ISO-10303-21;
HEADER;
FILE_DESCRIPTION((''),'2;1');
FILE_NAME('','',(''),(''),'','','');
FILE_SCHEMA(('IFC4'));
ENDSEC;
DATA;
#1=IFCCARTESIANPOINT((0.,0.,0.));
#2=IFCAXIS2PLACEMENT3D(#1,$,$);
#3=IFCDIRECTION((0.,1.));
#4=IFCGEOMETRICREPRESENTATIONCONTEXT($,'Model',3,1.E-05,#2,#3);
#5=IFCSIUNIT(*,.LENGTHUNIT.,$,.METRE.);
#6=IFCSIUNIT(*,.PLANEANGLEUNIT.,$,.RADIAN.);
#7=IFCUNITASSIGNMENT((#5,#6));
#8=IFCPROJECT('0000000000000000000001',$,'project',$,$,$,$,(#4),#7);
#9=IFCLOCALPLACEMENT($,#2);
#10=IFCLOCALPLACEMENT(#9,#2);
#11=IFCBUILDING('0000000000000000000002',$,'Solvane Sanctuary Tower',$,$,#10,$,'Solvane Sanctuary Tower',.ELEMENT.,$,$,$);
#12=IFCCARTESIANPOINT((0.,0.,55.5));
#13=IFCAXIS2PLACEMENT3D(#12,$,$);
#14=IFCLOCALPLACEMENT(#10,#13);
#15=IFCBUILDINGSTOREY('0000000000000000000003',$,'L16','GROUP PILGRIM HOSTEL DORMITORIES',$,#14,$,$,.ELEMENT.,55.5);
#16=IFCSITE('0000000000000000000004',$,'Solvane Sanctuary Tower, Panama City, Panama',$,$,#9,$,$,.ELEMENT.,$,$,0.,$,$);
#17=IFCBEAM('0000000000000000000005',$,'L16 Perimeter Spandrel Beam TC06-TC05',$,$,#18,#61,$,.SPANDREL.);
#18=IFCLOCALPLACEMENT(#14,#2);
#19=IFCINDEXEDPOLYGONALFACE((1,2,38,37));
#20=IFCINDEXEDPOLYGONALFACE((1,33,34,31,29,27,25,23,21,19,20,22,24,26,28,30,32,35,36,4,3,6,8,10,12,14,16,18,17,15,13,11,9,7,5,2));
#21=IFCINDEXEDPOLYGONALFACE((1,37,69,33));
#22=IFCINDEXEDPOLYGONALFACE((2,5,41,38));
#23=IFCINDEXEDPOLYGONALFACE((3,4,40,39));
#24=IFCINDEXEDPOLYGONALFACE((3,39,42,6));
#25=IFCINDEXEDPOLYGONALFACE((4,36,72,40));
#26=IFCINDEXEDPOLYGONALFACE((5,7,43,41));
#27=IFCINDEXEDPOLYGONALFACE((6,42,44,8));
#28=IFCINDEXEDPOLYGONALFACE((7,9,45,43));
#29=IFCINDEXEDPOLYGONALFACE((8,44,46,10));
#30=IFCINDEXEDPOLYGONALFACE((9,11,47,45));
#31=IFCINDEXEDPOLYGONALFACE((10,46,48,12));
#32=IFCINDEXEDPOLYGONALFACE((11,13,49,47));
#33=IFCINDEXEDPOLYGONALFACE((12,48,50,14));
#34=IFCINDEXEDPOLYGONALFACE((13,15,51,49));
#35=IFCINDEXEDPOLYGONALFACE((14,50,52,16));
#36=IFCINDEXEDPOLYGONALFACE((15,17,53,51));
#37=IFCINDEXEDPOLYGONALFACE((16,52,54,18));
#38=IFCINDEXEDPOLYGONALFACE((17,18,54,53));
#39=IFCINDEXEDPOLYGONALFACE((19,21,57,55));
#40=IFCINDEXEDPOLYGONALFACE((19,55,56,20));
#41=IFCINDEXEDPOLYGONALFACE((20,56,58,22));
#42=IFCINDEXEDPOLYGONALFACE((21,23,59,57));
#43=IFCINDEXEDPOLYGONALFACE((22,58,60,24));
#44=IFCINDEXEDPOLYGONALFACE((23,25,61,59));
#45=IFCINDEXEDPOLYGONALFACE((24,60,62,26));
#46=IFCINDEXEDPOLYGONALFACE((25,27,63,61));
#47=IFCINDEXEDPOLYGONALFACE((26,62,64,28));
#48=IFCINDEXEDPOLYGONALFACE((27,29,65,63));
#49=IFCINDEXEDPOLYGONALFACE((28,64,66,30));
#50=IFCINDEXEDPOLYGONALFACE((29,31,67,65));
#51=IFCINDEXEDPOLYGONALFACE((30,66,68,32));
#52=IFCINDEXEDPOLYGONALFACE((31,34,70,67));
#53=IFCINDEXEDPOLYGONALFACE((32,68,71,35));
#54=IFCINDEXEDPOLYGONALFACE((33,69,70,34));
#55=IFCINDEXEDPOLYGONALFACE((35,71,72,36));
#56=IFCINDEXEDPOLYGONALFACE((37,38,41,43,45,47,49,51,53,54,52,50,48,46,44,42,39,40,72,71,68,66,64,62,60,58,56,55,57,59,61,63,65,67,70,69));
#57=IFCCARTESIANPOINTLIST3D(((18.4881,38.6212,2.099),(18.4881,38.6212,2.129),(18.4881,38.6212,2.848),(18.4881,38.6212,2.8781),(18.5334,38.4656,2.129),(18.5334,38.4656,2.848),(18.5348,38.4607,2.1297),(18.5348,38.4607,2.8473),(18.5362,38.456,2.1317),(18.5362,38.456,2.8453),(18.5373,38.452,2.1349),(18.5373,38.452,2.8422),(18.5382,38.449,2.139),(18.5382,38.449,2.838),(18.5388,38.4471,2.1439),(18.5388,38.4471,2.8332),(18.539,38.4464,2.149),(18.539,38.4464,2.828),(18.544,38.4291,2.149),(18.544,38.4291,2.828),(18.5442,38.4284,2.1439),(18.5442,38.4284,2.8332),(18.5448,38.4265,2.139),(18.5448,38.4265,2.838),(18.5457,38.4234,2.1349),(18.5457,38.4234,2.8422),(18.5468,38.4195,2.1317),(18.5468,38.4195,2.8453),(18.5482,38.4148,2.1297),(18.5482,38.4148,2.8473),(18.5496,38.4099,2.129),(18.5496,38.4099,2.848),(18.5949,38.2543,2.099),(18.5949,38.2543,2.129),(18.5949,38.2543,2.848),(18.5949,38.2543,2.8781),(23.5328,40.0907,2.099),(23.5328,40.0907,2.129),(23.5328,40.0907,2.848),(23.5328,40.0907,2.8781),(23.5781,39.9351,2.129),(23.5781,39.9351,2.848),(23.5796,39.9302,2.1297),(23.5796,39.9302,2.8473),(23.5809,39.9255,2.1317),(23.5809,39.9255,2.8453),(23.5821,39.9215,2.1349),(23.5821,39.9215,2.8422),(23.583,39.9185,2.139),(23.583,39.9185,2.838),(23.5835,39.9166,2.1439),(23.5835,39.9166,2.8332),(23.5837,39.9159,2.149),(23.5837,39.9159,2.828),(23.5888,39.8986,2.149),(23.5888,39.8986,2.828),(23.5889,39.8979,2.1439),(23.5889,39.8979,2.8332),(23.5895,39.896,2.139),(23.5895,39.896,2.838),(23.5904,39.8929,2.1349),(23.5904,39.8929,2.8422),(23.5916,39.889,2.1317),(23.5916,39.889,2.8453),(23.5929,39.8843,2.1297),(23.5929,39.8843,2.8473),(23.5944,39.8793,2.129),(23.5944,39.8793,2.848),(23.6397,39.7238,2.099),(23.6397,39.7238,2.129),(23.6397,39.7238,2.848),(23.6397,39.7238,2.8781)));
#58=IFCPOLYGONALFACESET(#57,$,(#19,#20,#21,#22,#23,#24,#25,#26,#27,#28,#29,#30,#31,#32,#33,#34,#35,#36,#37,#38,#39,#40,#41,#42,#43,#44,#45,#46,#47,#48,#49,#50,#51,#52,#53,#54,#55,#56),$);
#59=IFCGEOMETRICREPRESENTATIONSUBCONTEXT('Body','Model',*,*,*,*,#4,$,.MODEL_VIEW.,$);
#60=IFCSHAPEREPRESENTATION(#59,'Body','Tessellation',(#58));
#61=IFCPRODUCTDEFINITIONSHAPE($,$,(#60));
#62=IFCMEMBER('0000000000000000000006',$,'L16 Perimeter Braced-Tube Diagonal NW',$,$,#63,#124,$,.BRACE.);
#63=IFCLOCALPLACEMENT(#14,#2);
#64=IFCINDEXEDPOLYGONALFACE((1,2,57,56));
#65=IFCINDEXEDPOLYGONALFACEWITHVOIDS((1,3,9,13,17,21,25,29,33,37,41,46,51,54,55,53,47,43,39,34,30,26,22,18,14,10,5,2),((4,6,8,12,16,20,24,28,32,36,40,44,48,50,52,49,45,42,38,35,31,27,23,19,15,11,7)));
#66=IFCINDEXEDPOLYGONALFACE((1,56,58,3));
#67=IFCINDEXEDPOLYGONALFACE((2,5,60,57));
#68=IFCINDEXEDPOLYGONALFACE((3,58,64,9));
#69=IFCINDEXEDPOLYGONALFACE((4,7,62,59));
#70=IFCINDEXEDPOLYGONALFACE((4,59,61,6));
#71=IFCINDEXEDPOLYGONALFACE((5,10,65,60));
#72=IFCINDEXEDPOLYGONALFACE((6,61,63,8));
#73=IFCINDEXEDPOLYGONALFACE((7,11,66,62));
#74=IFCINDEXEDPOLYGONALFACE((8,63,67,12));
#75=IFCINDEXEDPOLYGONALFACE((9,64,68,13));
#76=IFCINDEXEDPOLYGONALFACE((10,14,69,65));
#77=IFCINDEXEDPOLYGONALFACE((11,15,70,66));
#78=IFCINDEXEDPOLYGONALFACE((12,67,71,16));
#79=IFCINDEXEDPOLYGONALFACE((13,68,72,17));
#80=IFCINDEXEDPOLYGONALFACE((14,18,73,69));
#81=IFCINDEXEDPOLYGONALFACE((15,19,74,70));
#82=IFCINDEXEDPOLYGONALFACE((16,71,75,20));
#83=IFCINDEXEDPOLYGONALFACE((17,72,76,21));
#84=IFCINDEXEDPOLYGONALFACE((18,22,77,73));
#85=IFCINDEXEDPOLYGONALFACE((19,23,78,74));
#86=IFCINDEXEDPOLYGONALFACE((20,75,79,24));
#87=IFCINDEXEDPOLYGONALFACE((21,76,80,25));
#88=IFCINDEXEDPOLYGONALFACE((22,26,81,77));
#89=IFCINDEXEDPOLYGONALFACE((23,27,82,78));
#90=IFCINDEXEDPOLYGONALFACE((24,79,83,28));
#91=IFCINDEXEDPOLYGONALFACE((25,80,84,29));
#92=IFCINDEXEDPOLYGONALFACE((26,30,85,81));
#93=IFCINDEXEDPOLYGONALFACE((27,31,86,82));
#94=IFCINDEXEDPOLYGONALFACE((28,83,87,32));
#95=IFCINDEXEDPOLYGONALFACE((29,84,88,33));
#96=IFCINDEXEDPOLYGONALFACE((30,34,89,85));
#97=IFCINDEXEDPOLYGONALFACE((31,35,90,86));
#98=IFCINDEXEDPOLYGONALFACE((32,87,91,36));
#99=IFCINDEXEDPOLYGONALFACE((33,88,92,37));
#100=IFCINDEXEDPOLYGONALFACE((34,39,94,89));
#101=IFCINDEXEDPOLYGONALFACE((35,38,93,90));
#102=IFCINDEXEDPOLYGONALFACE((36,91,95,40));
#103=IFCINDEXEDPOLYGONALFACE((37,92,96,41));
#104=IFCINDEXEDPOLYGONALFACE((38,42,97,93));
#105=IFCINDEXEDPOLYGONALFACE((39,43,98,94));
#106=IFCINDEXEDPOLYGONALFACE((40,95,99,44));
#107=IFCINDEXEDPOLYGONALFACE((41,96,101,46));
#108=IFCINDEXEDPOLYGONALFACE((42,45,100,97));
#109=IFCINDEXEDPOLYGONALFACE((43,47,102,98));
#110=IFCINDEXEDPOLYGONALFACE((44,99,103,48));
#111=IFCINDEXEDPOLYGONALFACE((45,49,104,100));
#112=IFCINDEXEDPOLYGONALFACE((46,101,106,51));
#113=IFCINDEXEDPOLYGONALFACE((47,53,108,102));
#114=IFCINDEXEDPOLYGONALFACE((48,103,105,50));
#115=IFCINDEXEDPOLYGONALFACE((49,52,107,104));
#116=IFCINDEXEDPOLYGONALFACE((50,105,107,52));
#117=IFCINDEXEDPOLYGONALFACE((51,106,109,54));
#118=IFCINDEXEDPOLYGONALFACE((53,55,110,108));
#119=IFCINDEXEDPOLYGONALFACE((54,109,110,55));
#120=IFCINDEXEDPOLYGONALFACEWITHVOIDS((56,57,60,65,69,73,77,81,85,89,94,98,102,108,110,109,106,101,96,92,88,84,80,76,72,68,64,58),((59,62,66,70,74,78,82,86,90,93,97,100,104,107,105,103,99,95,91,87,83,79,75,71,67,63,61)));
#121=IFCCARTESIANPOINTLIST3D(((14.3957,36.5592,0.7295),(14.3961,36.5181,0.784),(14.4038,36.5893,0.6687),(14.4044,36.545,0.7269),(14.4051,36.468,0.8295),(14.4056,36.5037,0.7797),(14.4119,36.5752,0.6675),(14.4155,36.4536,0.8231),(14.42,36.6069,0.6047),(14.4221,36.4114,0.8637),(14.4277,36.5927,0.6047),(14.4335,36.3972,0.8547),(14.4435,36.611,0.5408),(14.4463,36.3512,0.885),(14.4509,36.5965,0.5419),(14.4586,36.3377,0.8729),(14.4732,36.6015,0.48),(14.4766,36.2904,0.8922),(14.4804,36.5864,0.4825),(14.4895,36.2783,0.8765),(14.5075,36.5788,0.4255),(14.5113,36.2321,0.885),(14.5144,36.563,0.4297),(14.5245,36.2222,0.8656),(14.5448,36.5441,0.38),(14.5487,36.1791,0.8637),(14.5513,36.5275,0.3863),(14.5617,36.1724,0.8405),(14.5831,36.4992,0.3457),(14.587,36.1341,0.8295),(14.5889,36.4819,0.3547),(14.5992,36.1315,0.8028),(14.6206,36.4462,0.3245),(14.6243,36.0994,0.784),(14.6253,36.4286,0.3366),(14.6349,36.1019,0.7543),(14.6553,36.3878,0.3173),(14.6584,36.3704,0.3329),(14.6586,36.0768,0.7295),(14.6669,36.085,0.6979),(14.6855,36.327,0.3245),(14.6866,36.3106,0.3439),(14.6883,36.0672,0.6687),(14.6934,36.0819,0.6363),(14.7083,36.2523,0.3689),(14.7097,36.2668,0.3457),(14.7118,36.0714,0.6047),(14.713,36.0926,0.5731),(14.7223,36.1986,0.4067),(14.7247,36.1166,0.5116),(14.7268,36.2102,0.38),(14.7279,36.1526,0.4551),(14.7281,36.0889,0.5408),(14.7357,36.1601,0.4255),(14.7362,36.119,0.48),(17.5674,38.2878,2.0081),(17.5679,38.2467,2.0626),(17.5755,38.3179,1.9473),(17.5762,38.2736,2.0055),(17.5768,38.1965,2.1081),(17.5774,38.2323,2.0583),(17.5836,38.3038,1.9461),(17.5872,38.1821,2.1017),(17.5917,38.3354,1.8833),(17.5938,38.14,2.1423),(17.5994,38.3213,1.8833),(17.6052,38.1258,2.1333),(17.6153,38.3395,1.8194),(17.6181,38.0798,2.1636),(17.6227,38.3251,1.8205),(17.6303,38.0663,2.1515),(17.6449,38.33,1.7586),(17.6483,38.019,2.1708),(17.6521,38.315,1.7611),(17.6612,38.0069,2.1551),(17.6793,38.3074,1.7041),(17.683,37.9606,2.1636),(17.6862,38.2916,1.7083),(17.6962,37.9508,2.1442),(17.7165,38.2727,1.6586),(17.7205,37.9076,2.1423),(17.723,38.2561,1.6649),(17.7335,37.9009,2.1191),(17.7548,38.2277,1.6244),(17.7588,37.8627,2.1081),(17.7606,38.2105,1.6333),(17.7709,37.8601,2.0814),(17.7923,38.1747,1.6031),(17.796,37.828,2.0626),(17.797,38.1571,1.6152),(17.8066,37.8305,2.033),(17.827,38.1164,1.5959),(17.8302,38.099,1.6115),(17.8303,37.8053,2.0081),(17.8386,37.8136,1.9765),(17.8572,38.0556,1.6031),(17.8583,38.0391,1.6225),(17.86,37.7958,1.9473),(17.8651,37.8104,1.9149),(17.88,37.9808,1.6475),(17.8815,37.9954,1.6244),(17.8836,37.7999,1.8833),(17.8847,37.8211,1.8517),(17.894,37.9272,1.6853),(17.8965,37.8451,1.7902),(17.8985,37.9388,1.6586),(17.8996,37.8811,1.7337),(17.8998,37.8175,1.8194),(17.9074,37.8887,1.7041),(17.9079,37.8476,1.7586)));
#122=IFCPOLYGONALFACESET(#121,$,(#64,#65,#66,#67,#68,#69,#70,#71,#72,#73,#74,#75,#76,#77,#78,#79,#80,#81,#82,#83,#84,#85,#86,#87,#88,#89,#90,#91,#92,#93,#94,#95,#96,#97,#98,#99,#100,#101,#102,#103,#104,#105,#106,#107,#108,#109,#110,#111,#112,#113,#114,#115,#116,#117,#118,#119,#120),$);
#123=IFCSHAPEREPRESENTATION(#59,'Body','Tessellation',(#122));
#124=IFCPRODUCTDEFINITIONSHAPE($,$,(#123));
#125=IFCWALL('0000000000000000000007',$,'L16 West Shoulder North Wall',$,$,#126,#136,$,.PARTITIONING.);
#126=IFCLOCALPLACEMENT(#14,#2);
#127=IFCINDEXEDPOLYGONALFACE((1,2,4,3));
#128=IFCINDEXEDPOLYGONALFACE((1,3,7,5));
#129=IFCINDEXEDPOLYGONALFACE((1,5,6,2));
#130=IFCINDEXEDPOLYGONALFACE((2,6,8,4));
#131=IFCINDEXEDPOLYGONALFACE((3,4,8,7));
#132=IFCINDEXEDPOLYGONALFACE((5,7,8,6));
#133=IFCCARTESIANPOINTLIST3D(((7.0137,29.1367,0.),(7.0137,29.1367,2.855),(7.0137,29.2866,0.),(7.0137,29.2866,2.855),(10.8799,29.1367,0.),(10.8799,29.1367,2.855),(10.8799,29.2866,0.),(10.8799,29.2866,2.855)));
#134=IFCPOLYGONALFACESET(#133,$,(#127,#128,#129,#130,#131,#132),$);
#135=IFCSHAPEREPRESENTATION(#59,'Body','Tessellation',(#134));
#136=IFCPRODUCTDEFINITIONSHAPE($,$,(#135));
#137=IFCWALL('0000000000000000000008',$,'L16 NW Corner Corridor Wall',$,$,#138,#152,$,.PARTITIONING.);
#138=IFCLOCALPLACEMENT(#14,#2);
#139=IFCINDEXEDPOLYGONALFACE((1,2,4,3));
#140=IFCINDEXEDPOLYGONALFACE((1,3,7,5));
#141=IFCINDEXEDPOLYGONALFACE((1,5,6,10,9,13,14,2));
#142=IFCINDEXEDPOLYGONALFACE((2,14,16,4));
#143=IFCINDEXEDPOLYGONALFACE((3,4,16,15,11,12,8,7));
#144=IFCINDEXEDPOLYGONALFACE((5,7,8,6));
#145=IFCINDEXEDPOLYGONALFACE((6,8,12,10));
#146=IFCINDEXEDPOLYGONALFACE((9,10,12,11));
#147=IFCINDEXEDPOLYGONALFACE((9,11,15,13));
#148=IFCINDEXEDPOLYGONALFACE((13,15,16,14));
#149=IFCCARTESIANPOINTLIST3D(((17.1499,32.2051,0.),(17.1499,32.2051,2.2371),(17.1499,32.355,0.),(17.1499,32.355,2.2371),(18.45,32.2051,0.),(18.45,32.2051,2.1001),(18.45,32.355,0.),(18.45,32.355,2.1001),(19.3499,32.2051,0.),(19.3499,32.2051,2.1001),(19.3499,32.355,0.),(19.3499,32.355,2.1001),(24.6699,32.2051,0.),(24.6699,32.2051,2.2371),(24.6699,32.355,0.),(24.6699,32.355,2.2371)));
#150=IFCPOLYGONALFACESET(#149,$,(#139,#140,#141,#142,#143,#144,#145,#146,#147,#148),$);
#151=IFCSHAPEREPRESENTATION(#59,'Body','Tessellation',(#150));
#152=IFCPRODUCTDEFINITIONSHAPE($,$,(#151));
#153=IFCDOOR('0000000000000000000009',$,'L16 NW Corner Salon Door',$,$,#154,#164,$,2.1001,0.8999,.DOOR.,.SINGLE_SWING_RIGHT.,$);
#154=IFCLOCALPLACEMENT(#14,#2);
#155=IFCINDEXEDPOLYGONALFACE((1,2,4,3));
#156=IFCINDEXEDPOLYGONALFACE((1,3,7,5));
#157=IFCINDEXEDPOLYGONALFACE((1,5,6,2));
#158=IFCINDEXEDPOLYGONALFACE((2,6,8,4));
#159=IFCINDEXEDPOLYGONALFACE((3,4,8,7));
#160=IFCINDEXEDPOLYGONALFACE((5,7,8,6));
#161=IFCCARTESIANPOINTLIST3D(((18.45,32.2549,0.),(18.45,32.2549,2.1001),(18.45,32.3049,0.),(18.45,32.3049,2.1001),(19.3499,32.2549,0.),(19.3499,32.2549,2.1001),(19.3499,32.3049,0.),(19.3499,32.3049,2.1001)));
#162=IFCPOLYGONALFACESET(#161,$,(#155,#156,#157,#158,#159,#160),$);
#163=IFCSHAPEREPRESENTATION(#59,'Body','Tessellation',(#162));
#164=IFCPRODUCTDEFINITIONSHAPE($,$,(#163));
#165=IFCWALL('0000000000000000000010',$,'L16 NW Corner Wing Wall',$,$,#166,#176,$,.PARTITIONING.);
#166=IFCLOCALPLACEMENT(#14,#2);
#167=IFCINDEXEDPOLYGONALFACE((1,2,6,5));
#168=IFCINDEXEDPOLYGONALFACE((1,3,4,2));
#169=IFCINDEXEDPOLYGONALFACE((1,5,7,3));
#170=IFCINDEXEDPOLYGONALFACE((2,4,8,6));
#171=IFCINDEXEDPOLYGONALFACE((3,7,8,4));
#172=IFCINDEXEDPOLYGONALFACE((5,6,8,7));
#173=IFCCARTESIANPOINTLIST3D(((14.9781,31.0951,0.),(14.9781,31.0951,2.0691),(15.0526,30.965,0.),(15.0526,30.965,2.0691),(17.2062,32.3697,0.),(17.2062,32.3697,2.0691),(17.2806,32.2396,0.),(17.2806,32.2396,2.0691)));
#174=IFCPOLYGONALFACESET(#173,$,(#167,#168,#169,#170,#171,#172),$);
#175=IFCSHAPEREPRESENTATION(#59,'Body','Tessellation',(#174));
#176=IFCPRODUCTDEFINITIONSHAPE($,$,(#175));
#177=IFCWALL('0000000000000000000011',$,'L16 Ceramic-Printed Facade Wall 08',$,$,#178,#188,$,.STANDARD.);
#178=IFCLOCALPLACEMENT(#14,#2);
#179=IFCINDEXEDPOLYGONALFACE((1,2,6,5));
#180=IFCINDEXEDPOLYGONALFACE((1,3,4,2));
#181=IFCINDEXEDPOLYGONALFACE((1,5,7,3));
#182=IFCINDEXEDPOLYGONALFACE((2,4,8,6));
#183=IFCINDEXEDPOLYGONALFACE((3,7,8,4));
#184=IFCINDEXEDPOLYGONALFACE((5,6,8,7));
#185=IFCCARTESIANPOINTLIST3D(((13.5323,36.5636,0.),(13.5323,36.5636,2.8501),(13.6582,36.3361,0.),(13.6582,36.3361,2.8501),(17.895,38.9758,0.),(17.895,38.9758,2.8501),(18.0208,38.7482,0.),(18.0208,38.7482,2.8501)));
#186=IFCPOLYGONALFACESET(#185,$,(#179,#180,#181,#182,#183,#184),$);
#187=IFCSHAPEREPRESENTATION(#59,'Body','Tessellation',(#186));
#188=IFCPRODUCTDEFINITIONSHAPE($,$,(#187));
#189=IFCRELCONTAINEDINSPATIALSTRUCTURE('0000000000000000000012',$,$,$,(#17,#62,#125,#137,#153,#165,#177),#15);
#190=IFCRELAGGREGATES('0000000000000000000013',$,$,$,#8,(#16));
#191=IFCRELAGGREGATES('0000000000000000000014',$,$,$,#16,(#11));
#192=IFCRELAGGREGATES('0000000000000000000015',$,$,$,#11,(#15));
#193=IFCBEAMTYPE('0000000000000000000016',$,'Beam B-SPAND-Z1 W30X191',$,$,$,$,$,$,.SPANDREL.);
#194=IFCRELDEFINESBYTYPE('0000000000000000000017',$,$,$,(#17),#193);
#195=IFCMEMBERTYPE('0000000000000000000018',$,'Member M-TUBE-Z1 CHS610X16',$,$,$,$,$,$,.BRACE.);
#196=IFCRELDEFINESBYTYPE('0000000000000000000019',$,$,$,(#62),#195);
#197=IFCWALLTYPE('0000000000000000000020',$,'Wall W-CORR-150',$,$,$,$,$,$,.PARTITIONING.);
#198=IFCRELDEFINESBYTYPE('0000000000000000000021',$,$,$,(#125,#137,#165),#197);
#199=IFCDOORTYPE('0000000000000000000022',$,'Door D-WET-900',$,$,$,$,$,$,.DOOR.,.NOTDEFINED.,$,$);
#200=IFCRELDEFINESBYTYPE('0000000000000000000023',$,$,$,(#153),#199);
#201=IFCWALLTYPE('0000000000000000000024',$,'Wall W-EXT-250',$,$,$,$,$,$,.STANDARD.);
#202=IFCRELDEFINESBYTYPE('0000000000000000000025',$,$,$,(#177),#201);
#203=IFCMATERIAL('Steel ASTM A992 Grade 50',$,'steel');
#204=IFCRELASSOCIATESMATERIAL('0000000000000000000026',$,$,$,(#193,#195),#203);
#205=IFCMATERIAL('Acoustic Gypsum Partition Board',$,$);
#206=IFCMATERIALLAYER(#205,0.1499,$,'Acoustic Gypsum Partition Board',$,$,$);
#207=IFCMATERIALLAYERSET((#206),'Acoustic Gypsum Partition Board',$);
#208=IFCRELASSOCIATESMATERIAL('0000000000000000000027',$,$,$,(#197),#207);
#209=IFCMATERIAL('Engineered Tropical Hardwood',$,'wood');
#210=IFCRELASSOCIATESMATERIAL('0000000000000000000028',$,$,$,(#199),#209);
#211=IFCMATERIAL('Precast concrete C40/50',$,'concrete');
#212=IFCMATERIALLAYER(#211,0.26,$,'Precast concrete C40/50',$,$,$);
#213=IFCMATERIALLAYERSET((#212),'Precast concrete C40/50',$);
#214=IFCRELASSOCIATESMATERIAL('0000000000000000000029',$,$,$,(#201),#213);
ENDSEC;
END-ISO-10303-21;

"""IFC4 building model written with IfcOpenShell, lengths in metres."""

from ifc_helpers import new_model, si_unit, direction, frame, frame_2d, origin, origin_2d, place, context, subcontext, project, spatial, rectangle, hollow_circle, i_section, extrude, material, layer, layer_set, material_profile, profile_set, type_object, element, fill, save


model = new_model("IFC4")

# Units and contexts
model_context = context("Model", 3, precision=1e-05, world=origin(), true_north=direction((0.0, 1.0)))
body_context = subcontext(model_context, "Body", "Model", "MODEL_VIEW")
ifc_project = project(units=[si_unit("LENGTHUNIT", "METRE"), si_unit("PLANEANGLEUNIT", "RADIAN")], contexts=[model_context])

# Site, building, storey
site_placement = place(None, origin())
site = spatial("IfcSite", under=ifc_project, at=site_placement, Name="Solvane Sanctuary Tower, Panama City, Panama", CompositionType="ELEMENT", RefElevation=0.0)
building_placement = place(site_placement, origin())
building = spatial("IfcBuilding", under=site, at=building_placement, Name="Solvane Sanctuary Tower", LongName="Solvane Sanctuary Tower", CompositionType="ELEMENT")
storey_placement = place(building_placement, frame((0.0, 0.0, 55.5)))
storey = spatial("IfcBuildingStorey", under=building, at=storey_placement, Name="L16", Description="GROUP PILGRIM HOSTEL DORMITORIES", CompositionType="ELEMENT", Elevation=55.5)

# Beam
ifc_material_1 = material(Name="Steel ASTM A992 Grade 50", Category="steel")
ifc_material_profile_1 = material_profile(ifc_material_1, i_section(OverallWidth=0.3821, OverallDepth=0.7791, WebThickness=0.0181, FlangeThickness=0.03, FilletRadius=0.02, at=origin_2d()), Name="W30X191")
ifc_profile_set_1 = profile_set([ifc_material_profile_1], Name="Steel ASTM A992 Grade 50")
beam_type_1 = type_object("IfcBeamType", Name="Beam B-SPAND-Z1 W30X191", PredefinedType="SPANDREL", material=ifc_profile_set_1)
beam_1_placement = place(storey_placement, frame((18.5415, 38.4377, 2.4885), z_axis=(0.960096, 0.27967, 0.0), x_axis=(-0.27967, 0.960096, 0.0)))
element("IfcBeam", 1, at=beam_1_placement, inside=storey, type_object=beam_type_1, Name="L16 Perimeter Spandrel Beam TC06-TC05", PredefinedType="SPANDREL", context=body_context, shape_type="SweptSolid", body=[
    extrude(i_section(OverallWidth=0.3821, OverallDepth=0.7791, WebThickness=0.0181, FlangeThickness=0.03, FilletRadius=0.02, at=origin_2d()), origin(), (0.0, 0.0, 1.0), 5.2544),
])

# Member
ifc_material_profile_2 = material_profile(ifc_material_1, hollow_circle(Radius=0.3049, WallThickness=0.0161, at=origin_2d()), Name="CHS610X16")
ifc_profile_set_2 = profile_set([ifc_material_profile_2], Name="Steel ASTM A992 Grade 50")
member_type = type_object("IfcMemberType", Name="Member M-TUBE-Z1 CHS610X16", PredefinedType="BRACE", material=ifc_profile_set_2)
member_placement = place(storey_placement, frame((14.5659, 36.3391, 0.6047), z_axis=(0.82774, 0.451112, 0.333683), x_axis=(-0.47854, 0.878066, 0.0)))
element("IfcMember", 2, at=member_placement, inside=storey, type_object=member_type, Name="L16 Perimeter Braced-Tube Diagonal NW", PredefinedType="BRACE", context=body_context, shape_type="SweptSolid", body=[
    extrude(hollow_circle(Radius=0.3049, WallThickness=0.0161, at=origin_2d()), origin(), (0.0, 0.0, 1.0), 3.8318),
])

# Wall
ifc_material_2 = material(Name="Acoustic Gypsum Partition Board")
ifc_layer_1 = layer(ifc_material_2, 0.1499, Name="Acoustic Gypsum Partition Board")
ifc_layer_set_1 = layer_set([ifc_layer_1], Name="Acoustic Gypsum Partition Board")
wall_type_1 = type_object("IfcWallType", Name="Wall W-CORR-150", PredefinedType="PARTITIONING", material=ifc_layer_set_1)
wall_1_placement = place(storey_placement, frame((7.0137, 29.2117, 0.0), z_axis=(0.0, 0.0, 1.0), x_axis=(1.0, 0.0, 0.0)))
element("IfcWall", 3, at=wall_1_placement, inside=storey, type_object=wall_type_1, Name="L16 West Shoulder North Wall", PredefinedType="PARTITIONING", context=body_context, shape_type="SweptSolid", body=[
    extrude(rectangle(XDim=3.8662, YDim=0.1499, at=frame_2d((1.9331, 0.0))), origin(), (0.0, 0.0, 1.0), 2.855),
])

# Wall, opening, door
wall_2_placement = place(storey_placement, frame((17.1499, 32.28, 0.0), z_axis=(0.0, 0.0, 1.0), x_axis=(1.0, 0.0, 0.0)))
wall_2 = element("IfcWall", 4, at=wall_2_placement, inside=storey, type_object=wall_type_1, Name="L16 NW Corner Corridor Wall", PredefinedType="PARTITIONING", context=body_context, shape_type="SweptSolid", body=[
    extrude(rectangle(XDim=7.52, YDim=0.1499, at=frame_2d((3.76, 0.0))), origin(), (0.0, 0.0, 1.0), 2.2371),
])
opening_1_placement = place(wall_2_placement, frame((1.3, 0.0, 0.0)))
opening_1 = element("IfcOpeningElement", 5, at=opening_1_placement, cuts=wall_2, PredefinedType="OPENING", context=body_context, shape_type="SweptSolid", body=[
    extrude(rectangle(XDim=0.8999, YDim=2.1001, at=frame_2d((0.45, 1.05))), frame((0.0, 0.085, 0.0), z_axis=(0.0, -1.0, 0.0), x_axis=(1.0, 0.0, 0.0)), (0.0, 0.0, 1.0), 0.1699),
])
ifc_material_3 = material(Name="Engineered Tropical Hardwood", Category="wood")
door_type_1 = type_object("IfcDoorType", Name="Door D-WET-900", OperationType="NOTDEFINED", PredefinedType="DOOR", material=ifc_material_3)
door_1_placement = place(opening_1_placement, origin())
door_1 = element("IfcDoor", 6, at=door_1_placement, inside=storey, type_object=door_type_1, Name="L16 NW Corner Salon Door", OperationType="SINGLE_SWING_RIGHT", OverallHeight=2.1001, OverallWidth=0.8999, PredefinedType="DOOR", context=body_context, shape_type="SweptSolid", body=[
    extrude(rectangle(XDim=0.8999, YDim=2.1001, at=frame_2d((0.45, 1.05))), frame((0.0, 0.0249, 0.0), z_axis=(0.0, -1.0, 0.0), x_axis=(1.0, 0.0, 0.0)), (0.0, 0.0, 1.0), 0.05),
])
fill(opening_1, door_1)

# Walls
wall_3_placement = place(storey_placement, frame((17.2434, 32.3047, 0.0), z_axis=(0.0, 0.0, 1.0), x_axis=(-0.867991, -0.496579, 0.0)))
element("IfcWall", 7, at=wall_3_placement, inside=storey, type_object=wall_type_1, Name="L16 NW Corner Wing Wall", PredefinedType="PARTITIONING", context=body_context, shape_type="SweptSolid", body=[
    extrude(rectangle(XDim=2.5669, YDim=0.1499, at=frame_2d((1.2834, 0.0))), origin(), (0.0, 0.0, 1.0), 2.0691),
])
ifc_material_4 = material(Name="Precast concrete C40/50", Category="concrete")
ifc_layer_2 = layer(ifc_material_4, 0.26, Name="Precast concrete C40/50")
ifc_layer_set_2 = layer_set([ifc_layer_2], Name="Precast concrete C40/50")
wall_type_2 = type_object("IfcWallType", Name="Wall W-EXT-250", PredefinedType="STANDARD", material=ifc_layer_set_2)
wall_4_placement = place(storey_placement, frame((17.958, 38.8621, 0.0), z_axis=(0.0, 0.0, 1.0), x_axis=(-0.875137, -0.483875, 0.0)))
element("IfcWall", 8, at=wall_4_placement, inside=storey, type_object=wall_type_2, Name="L16 Ceramic-Printed Facade Wall 08", PredefinedType="STANDARD", context=body_context, shape_type="SweptSolid", body=[
    extrude(rectangle(XDim=4.9851, YDim=0.26, at=frame_2d((2.4927, 0.0))), origin(), (0.0, 0.0, 1.0), 2.8501),
])

save(model, "model.ifc")
